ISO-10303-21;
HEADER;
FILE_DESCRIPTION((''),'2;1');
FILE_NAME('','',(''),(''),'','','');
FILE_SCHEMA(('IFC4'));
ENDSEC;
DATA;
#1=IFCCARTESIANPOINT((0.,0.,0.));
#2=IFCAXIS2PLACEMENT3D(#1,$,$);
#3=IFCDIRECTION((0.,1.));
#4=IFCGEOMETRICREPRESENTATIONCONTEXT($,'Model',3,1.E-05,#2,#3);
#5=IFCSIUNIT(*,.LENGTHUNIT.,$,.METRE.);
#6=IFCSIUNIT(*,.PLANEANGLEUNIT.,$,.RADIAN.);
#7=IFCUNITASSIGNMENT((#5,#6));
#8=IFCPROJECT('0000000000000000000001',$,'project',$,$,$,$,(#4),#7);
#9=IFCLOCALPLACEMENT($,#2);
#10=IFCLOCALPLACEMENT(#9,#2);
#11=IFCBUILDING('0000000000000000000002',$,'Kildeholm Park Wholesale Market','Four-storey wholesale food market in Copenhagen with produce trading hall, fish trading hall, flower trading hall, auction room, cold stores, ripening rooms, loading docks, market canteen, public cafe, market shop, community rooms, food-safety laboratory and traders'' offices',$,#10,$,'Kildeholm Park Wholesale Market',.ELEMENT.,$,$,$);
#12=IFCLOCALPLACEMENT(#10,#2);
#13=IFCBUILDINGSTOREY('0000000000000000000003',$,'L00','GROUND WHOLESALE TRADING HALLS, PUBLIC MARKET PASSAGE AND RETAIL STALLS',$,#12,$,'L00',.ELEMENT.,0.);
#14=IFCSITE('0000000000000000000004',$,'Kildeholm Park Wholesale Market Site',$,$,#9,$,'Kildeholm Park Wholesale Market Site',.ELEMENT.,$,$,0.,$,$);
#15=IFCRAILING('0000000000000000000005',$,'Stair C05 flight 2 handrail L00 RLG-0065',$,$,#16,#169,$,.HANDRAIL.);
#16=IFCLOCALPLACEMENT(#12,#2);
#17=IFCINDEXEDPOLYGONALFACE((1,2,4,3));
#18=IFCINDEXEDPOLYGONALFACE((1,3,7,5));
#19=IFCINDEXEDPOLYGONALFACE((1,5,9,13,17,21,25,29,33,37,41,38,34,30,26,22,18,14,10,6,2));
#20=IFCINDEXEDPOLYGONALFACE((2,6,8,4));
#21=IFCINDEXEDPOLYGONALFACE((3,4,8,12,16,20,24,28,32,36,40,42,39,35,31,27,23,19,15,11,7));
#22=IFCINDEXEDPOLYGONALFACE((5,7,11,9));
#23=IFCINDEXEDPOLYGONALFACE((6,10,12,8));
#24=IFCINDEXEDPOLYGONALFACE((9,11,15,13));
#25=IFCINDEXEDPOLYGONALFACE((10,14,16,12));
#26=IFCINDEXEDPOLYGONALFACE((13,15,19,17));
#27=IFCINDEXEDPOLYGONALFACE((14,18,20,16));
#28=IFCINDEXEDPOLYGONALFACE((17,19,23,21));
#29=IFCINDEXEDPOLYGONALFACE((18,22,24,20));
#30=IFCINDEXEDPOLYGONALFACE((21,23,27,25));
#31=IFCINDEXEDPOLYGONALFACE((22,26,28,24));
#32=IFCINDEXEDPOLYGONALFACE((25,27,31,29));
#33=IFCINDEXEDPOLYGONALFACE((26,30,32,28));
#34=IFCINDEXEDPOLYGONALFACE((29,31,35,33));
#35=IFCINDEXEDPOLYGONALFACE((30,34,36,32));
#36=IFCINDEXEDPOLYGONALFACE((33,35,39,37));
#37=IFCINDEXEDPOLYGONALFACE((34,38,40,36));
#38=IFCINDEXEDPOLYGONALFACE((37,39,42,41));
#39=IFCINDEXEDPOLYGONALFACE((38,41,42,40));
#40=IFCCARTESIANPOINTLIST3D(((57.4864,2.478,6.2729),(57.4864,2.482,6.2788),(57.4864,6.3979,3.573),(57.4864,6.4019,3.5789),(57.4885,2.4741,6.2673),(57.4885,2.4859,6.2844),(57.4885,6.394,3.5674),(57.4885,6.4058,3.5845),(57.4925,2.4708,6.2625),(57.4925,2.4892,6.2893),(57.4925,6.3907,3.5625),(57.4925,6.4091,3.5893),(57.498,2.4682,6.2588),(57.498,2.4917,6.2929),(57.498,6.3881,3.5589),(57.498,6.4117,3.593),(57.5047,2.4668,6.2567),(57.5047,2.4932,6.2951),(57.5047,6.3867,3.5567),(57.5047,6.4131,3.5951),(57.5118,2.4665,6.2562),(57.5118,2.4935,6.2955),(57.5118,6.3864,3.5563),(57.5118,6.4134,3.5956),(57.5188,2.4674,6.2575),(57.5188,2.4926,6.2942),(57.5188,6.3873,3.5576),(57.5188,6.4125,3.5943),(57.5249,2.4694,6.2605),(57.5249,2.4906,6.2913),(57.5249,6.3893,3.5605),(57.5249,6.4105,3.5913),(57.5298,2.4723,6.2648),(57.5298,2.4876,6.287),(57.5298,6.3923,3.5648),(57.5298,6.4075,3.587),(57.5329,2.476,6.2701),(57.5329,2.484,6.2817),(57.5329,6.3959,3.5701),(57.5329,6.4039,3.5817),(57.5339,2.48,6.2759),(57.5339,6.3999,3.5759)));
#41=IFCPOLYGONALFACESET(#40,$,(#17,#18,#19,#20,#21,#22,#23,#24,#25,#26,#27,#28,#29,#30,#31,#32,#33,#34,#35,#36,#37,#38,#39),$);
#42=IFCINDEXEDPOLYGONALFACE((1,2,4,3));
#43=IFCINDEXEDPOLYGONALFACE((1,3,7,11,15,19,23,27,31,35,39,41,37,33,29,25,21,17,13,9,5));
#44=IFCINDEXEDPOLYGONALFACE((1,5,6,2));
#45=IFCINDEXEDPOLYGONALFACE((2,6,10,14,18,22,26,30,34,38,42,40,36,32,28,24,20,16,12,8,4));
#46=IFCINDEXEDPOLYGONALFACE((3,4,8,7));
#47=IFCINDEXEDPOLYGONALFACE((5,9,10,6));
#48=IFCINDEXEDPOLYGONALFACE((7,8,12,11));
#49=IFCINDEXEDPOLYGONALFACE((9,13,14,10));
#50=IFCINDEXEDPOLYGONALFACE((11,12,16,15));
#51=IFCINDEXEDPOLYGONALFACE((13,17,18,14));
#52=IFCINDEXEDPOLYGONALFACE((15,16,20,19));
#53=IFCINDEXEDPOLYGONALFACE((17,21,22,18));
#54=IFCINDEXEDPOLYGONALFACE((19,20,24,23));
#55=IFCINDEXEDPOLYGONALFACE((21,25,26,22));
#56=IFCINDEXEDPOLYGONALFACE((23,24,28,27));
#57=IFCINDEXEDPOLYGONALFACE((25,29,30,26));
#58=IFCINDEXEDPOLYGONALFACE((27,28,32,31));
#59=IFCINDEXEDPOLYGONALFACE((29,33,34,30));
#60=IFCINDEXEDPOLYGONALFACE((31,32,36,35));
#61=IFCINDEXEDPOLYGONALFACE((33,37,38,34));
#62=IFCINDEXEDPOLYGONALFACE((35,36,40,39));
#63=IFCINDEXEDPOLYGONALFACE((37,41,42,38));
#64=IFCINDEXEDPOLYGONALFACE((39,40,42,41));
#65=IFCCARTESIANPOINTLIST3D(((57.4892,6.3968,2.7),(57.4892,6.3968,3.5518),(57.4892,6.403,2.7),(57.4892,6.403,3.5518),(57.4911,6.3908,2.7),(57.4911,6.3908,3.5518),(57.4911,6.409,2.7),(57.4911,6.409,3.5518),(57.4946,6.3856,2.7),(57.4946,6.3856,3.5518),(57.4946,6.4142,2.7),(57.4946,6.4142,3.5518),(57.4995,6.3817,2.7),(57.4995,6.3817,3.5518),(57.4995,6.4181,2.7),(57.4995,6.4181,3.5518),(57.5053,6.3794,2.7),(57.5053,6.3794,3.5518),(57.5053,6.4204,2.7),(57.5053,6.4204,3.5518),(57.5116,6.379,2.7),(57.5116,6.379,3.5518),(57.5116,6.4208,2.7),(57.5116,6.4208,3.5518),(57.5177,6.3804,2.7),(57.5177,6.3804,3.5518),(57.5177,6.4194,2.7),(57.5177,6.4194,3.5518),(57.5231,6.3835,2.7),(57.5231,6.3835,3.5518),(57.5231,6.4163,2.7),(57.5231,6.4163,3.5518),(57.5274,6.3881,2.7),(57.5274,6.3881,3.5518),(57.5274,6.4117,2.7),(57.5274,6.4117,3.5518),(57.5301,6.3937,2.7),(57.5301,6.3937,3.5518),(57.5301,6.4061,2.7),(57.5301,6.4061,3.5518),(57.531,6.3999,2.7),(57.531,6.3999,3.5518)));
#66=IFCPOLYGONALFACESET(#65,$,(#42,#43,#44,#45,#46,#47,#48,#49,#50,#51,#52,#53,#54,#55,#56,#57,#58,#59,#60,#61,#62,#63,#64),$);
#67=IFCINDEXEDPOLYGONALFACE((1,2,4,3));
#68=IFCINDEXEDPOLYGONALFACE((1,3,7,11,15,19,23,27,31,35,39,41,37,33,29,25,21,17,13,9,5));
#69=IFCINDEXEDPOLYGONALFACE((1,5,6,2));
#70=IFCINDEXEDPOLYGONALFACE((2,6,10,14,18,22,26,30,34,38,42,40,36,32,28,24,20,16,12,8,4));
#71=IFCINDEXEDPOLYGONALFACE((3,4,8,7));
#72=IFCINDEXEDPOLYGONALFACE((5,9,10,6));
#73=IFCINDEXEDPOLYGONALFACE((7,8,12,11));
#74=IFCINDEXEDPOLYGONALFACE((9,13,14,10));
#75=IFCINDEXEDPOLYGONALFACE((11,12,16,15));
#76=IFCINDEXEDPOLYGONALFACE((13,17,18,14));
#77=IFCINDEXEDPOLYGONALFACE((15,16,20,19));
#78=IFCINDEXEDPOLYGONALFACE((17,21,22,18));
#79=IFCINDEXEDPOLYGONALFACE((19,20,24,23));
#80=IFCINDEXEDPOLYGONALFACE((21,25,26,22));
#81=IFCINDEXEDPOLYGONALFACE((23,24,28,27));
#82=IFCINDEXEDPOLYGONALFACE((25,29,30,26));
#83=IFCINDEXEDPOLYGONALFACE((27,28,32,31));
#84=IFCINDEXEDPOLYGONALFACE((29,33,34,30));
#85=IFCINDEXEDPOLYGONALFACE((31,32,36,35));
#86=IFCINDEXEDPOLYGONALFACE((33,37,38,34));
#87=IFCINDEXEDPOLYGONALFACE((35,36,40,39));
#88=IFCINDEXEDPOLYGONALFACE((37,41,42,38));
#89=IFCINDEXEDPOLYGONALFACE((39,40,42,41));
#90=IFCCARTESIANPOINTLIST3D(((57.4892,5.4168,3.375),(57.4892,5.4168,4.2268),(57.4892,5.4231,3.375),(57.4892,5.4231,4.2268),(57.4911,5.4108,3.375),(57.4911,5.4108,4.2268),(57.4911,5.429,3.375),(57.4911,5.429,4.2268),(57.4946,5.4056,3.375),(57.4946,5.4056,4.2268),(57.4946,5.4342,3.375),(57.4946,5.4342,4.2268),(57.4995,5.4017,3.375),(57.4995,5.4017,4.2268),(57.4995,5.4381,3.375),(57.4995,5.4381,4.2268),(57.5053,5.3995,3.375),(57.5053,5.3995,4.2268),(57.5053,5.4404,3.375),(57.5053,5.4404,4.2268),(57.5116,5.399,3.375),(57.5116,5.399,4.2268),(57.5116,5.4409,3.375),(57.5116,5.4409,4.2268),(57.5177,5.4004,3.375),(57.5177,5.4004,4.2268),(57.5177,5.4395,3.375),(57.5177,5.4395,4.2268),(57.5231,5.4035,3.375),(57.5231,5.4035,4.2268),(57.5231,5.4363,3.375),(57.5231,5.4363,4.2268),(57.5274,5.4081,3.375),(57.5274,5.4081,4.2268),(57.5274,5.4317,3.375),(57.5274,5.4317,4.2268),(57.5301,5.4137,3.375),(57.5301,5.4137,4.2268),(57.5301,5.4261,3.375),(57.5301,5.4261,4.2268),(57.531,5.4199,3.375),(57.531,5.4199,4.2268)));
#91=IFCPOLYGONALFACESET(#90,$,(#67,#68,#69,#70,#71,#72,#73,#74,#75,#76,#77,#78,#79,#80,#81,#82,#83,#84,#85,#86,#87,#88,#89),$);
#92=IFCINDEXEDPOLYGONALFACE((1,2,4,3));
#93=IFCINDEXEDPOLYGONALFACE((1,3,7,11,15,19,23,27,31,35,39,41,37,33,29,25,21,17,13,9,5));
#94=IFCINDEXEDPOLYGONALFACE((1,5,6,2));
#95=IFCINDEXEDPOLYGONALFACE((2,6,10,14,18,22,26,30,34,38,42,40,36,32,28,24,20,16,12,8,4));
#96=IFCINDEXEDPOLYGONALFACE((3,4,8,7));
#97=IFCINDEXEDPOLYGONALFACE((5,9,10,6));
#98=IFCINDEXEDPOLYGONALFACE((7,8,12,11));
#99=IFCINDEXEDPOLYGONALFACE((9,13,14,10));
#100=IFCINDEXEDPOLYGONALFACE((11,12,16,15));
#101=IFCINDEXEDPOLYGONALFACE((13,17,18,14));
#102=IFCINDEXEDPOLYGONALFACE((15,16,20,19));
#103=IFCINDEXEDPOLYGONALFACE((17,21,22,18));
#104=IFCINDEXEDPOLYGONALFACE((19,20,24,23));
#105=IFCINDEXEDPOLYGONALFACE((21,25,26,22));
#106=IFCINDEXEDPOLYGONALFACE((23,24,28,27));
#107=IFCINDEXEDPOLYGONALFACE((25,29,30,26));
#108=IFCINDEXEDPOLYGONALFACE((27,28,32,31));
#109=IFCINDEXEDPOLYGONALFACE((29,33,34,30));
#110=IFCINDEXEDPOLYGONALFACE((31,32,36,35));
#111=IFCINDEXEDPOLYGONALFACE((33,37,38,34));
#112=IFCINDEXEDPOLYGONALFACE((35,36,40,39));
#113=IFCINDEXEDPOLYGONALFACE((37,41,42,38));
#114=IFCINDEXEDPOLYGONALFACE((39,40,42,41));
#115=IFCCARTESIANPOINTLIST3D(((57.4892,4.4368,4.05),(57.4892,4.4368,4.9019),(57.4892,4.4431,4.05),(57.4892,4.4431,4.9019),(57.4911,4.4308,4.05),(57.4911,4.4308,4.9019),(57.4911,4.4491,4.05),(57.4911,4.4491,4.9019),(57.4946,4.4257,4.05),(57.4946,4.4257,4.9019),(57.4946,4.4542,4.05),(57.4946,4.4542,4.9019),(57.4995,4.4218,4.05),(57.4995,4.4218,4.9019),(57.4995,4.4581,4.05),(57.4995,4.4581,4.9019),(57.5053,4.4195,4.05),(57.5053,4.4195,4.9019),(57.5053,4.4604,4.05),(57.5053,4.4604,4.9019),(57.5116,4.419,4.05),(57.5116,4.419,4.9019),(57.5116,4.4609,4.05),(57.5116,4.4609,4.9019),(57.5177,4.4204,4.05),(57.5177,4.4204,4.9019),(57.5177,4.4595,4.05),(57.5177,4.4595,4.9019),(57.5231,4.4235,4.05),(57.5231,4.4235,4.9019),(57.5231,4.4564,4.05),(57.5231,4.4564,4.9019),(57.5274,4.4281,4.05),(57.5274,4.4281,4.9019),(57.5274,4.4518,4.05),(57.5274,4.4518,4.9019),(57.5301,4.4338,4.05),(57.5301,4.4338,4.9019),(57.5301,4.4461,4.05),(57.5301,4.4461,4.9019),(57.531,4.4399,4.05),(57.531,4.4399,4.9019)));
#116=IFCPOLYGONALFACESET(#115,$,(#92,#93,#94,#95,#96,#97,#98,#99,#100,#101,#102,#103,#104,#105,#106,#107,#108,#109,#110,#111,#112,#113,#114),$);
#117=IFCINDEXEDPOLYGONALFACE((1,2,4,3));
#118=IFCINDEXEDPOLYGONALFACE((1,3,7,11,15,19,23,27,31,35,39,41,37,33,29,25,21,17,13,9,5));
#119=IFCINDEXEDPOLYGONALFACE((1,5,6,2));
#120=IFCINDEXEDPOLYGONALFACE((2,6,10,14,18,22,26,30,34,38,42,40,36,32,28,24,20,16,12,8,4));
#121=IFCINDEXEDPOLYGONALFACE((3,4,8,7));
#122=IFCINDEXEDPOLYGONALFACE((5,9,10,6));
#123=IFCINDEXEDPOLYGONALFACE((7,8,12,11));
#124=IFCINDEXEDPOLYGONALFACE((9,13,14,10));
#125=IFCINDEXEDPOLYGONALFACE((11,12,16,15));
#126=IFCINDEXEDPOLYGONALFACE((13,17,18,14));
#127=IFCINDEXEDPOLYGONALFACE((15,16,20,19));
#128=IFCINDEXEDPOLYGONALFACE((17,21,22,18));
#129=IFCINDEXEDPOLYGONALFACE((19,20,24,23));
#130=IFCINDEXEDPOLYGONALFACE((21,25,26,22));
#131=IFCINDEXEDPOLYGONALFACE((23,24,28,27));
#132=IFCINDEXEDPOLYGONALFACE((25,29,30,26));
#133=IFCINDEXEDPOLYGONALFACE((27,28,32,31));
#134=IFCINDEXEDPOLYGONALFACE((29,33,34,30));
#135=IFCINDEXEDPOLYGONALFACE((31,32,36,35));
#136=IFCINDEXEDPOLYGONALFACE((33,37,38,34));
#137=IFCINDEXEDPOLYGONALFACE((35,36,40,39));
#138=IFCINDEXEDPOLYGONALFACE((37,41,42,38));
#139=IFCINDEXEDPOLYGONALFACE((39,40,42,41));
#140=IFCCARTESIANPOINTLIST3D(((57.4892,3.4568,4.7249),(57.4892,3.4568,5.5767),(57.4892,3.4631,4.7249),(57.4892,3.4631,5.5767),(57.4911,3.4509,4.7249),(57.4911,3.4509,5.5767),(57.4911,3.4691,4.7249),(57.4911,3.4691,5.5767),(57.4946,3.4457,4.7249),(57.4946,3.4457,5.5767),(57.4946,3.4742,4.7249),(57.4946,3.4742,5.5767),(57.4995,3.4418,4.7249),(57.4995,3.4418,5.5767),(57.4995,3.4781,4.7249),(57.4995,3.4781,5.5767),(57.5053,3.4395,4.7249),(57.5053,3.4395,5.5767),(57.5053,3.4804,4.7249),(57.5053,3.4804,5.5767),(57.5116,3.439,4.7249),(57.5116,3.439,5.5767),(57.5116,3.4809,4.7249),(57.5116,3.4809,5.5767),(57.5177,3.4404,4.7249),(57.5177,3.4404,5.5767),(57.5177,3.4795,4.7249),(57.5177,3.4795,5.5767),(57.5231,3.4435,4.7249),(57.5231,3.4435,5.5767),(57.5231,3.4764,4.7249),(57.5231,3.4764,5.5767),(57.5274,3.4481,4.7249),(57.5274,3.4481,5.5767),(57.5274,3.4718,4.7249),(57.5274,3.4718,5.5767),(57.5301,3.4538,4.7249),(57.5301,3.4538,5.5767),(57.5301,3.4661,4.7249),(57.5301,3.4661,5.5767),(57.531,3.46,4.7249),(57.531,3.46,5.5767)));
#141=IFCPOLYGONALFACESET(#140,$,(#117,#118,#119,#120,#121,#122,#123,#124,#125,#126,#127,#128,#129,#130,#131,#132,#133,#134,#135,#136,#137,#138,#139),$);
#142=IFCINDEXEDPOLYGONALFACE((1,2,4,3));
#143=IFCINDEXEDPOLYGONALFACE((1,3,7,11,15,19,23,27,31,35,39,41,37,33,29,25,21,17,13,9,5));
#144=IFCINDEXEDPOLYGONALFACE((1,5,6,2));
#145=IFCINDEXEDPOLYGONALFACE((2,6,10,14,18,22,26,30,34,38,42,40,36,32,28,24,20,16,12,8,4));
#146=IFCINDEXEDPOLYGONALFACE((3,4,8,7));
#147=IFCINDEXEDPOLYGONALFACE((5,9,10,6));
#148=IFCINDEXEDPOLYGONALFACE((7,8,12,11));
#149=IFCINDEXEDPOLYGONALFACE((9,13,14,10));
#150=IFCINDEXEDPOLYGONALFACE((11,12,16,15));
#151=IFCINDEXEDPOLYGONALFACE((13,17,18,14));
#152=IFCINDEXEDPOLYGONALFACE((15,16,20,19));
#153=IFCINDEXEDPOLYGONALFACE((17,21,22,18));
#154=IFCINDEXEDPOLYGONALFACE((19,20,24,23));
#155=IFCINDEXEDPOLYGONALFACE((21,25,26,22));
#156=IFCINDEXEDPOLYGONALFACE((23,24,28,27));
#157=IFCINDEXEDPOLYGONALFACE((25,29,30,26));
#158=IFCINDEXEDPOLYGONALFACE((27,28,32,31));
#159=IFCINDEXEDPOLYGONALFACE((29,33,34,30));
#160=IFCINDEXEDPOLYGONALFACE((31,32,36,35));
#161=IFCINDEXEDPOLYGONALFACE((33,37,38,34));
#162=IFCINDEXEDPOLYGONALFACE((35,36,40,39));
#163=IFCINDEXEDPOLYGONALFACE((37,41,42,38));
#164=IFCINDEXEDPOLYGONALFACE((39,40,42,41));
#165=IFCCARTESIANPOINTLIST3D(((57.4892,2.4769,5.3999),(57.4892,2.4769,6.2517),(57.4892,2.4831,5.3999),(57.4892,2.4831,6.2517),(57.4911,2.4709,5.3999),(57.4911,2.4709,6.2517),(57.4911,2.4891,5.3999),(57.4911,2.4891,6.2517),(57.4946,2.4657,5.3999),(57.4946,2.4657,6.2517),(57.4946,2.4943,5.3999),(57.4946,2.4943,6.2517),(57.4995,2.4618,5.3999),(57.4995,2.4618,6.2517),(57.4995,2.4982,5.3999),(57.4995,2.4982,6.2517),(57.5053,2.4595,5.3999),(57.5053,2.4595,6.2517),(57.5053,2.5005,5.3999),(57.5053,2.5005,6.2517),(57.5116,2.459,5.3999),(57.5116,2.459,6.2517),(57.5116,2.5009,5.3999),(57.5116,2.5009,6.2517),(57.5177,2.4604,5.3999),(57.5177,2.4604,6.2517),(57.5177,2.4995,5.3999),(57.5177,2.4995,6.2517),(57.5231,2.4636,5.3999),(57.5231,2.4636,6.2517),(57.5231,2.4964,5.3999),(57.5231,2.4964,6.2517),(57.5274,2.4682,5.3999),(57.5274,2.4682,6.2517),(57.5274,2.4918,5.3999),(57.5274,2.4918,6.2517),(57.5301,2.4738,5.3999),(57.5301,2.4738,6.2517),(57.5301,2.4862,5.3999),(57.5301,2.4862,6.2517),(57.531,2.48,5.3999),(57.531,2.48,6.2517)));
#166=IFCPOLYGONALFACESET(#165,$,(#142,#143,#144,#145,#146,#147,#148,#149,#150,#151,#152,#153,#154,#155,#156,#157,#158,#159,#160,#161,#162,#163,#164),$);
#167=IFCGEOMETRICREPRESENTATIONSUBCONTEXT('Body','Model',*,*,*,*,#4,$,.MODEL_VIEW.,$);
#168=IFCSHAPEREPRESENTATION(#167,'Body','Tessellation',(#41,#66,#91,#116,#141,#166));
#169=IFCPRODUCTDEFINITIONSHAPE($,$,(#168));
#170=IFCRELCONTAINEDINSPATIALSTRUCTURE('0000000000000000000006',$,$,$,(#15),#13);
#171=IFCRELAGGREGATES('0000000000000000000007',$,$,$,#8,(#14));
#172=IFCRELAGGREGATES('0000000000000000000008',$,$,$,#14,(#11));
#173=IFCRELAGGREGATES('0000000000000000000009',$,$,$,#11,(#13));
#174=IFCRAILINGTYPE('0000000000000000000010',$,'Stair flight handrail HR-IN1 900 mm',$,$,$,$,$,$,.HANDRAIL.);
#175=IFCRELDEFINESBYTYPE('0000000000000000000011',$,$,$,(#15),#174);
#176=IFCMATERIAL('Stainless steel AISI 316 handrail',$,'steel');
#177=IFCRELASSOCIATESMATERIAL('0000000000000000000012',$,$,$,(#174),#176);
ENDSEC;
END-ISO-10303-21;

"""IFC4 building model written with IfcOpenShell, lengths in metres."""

from ifc_helpers import new_model, si_unit, direction, frame, origin, origin_2d, place, context, subcontext, project, spatial, circle, extrude, material, type_object, element, save


model = new_model("IFC4")

# Units and contexts
model_context = context("Model", 3, precision=1e-05, world=origin(), true_north=direction((0.0, 1.0)))
body_context = subcontext(model_context, "Body", "Model", "MODEL_VIEW")
ifc_project = project(units=[si_unit("LENGTHUNIT", "METRE"), si_unit("PLANEANGLEUNIT", "RADIAN")], contexts=[model_context])

# Site, building, storey
site_placement = place(None, origin())
site = spatial("IfcSite", under=ifc_project, at=site_placement, Name="Kildeholm Park Wholesale Market Site", LongName="Kildeholm Park Wholesale Market Site", CompositionType="ELEMENT", RefElevation=0.0)
building_placement = place(site_placement, origin())
building = spatial("IfcBuilding", under=site, at=building_placement, Name="Kildeholm Park Wholesale Market", Description="Four-storey wholesale food market in Copenhagen with produce trading hall, fish trading hall, flower trading hall, auction room, cold stores, ripening rooms, loading docks, market canteen, public cafe, market shop, community rooms, food-safety laboratory and traders' offices", LongName="Kildeholm Park Wholesale Market", CompositionType="ELEMENT")
storey_placement = place(building_placement, origin())
storey = spatial("IfcBuildingStorey", under=building, at=storey_placement, Name="L00", Description="GROUND WHOLESALE TRADING HALLS, PUBLIC MARKET PASSAGE AND RETAIL STALLS", LongName="L00", CompositionType="ELEMENT", Elevation=0.0)

# Railing
ifc_material_1 = material(Name="Stainless steel AISI 316 handrail", Category="steel")
railing_type_1 = type_object("IfcRailingType", Name="Stair flight handrail HR-IN1 900 mm", PredefinedType="HANDRAIL", material=ifc_material_1)
railing_1_placement = place(storey_placement, frame((57.51, 6.3999, 2.7)))
element("IfcRailing", 1, at=railing_1_placement, inside=storey, type_object=railing_type_1, Name="Stair C05 flight 2 handrail L00 RLG-0065", PredefinedType="HANDRAIL", context=body_context, shape_type="SweptSolid", body=[
    extrude(circle(Radius=0.0239, at=origin_2d()), frame((0.0, 0.0, 0.876), z_axis=(0.0, -0.823551, 0.567243), x_axis=(1.0, 0.0, 0.0)), (0.0, 0.0, 1.0), 4.7598),
    extrude(circle(Radius=0.021, at=origin_2d()), origin(), (0.0, 0.0, 1.0), 0.8518),
    extrude(circle(Radius=0.021, at=origin_2d()), frame((0.0, -0.98, 0.675)), (0.0, 0.0, 1.0), 0.8518),
    extrude(circle(Radius=0.021, at=origin_2d()), frame((0.0, -1.96, 1.3501)), (0.0, 0.0, 1.0), 0.8518),
    extrude(circle(Radius=0.021, at=origin_2d()), frame((0.0, -2.9399, 2.0249)), (0.0, 0.0, 1.0), 0.8518),
    extrude(circle(Radius=0.021, at=origin_2d()), frame((0.0, -3.9199, 2.7)), (0.0, 0.0, 1.0), 0.8518),
])

save(model, "model.ifc")
